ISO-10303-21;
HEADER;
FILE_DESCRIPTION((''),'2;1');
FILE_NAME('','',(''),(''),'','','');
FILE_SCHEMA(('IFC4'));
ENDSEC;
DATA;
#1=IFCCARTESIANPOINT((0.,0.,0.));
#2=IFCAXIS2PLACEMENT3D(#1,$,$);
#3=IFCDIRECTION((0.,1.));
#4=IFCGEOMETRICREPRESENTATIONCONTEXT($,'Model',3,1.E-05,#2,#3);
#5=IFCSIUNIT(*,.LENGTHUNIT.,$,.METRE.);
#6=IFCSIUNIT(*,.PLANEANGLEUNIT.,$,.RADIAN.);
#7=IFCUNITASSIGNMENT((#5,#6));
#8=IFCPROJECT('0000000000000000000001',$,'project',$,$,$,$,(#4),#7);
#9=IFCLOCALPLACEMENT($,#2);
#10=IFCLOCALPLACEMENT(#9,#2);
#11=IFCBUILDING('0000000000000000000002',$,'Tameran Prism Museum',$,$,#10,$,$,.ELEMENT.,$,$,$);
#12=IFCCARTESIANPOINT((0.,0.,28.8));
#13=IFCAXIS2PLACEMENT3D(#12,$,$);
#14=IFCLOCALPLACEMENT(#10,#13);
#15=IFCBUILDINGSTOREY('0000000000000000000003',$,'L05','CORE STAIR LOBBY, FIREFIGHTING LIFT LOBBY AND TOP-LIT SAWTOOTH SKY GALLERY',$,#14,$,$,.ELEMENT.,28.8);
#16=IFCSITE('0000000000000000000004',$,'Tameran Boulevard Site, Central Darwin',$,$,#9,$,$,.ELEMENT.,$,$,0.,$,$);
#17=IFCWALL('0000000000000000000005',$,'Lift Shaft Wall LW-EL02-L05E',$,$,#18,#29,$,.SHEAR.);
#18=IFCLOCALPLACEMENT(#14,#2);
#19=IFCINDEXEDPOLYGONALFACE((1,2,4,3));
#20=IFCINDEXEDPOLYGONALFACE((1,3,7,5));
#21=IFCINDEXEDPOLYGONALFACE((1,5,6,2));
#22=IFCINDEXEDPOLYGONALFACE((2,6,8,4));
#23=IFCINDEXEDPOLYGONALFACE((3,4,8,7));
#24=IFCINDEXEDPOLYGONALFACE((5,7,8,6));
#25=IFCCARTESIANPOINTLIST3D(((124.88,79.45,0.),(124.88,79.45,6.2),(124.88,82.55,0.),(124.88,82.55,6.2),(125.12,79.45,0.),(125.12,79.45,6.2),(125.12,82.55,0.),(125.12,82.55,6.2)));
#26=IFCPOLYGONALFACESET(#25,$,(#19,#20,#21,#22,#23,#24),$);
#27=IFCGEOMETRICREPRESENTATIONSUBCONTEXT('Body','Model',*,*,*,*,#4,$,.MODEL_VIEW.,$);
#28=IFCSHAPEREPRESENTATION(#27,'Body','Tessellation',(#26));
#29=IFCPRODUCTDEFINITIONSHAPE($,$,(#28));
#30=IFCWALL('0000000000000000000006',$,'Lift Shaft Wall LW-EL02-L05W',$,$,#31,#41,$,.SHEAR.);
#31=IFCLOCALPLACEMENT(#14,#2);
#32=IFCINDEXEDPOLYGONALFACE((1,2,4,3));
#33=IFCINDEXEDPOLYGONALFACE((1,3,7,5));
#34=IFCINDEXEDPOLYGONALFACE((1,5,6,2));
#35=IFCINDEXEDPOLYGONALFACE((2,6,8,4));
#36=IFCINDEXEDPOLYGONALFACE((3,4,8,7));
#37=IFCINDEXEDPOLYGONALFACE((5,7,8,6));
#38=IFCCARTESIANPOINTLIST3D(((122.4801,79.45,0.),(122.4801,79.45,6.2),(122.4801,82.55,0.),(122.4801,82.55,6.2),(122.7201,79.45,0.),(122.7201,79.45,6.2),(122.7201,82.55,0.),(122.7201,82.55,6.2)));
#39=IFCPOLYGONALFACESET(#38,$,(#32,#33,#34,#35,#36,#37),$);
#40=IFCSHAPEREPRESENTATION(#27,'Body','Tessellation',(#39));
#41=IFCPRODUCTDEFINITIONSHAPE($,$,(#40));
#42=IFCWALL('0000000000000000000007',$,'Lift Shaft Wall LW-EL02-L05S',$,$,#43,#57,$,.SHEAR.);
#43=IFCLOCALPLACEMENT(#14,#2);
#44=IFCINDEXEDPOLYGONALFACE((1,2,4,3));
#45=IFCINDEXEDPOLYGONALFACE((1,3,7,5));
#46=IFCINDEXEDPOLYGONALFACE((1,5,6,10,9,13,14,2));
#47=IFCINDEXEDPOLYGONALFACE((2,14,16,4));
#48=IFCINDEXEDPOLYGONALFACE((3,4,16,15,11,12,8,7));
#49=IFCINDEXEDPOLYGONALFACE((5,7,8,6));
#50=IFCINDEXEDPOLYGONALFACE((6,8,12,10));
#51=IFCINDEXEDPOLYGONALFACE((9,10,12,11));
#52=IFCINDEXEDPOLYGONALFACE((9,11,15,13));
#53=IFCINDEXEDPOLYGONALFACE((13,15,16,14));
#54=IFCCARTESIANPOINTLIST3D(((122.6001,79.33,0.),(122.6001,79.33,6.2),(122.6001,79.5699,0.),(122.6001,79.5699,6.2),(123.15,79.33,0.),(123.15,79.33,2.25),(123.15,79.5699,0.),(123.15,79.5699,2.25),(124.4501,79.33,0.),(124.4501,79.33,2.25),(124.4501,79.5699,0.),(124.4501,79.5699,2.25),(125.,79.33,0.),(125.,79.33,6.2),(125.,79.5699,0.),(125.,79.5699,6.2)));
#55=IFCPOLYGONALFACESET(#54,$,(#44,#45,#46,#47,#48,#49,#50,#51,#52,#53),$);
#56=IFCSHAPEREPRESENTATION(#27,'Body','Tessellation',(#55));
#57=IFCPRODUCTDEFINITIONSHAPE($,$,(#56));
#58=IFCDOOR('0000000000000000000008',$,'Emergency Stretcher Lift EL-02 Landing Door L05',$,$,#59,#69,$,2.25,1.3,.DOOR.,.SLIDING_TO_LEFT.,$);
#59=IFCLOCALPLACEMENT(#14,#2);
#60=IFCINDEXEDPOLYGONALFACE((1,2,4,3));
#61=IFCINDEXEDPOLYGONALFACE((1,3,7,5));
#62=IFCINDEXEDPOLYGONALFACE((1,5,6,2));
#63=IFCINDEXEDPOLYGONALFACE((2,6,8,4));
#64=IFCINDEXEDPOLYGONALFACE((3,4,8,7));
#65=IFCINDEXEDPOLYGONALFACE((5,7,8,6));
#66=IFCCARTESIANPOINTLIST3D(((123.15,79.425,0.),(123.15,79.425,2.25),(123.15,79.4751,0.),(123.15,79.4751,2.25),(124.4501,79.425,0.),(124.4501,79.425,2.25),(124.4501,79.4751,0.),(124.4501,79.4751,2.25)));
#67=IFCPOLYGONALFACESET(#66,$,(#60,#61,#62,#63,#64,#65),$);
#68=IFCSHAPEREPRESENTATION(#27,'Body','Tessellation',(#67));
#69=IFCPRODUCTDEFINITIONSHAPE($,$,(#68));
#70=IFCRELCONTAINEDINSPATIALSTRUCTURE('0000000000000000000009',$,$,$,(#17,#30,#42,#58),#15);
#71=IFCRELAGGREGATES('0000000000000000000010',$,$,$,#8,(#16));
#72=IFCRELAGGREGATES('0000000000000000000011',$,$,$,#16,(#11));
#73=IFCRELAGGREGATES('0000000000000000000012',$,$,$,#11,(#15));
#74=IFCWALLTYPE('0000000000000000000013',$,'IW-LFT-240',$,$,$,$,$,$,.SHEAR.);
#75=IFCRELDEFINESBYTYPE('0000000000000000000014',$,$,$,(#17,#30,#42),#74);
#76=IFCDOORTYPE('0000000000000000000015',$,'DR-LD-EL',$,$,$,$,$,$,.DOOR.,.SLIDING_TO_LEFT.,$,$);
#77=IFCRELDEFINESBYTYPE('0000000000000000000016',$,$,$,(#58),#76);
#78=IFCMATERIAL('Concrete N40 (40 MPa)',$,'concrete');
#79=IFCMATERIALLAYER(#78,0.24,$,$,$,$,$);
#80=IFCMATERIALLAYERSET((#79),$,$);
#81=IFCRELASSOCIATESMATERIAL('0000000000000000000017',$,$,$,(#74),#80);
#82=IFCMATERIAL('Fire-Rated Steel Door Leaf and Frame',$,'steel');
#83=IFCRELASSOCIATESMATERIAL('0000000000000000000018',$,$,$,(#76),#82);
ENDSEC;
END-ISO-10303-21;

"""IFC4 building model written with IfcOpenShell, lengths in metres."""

from ifc_helpers import new_model, si_unit, direction, frame, frame_2d, origin, place, context, subcontext, project, spatial, rectangle, extrude, material, layer, layer_set, type_object, element, fill, save


model = new_model("IFC4")

# Units and contexts
model_context = context("Model", 3, precision=1e-05, world=origin(), true_north=direction((0.0, 1.0)))
body_context = subcontext(model_context, "Body", "Model", "MODEL_VIEW")
ifc_project = project(units=[si_unit("LENGTHUNIT", "METRE"), si_unit("PLANEANGLEUNIT", "RADIAN")], contexts=[model_context])

# Site, building, storey
site_placement = place(None, origin())
site = spatial("IfcSite", under=ifc_project, at=site_placement, Name="Tameran Boulevard Site, Central Darwin", CompositionType="ELEMENT", RefElevation=0.0)
building_placement = place(site_placement, origin())
building = spatial("IfcBuilding", under=site, at=building_placement, Name="Tameran Prism Museum", CompositionType="ELEMENT")
storey_placement = place(building_placement, frame((0.0, 0.0, 28.8)))
storey = spatial("IfcBuildingStorey", under=building, at=storey_placement, Name="L05", Description="CORE STAIR LOBBY, FIREFIGHTING LIFT LOBBY AND TOP-LIT SAWTOOTH SKY GALLERY", CompositionType="ELEMENT", Elevation=28.8)

# Walls
ifc_material_1 = material(Name="Concrete N40 (40 MPa)", Category="concrete")
ifc_layer_1 = layer(ifc_material_1, 0.24)
ifc_layer_set_1 = layer_set([ifc_layer_1])
wall_type = type_object("IfcWallType", Name="IW-LFT-240", PredefinedType="SHEAR", material=ifc_layer_set_1)
for number, where, z_axis, x_axis, name in (
    (1, (125.0, 82.55, 0.0), (0.0, 0.0, 1.0), (0.0, -1.0, 0.0), "Lift Shaft Wall LW-EL02-L05E"),
    (2, (122.6001, 79.45, 0.0), (0.0, 0.0, 1.0), (0.0, 1.0, 0.0), "Lift Shaft Wall LW-EL02-L05W"),
):
    element("IfcWall", number, at=place(storey_placement, frame(where, z_axis=z_axis, x_axis=x_axis)), inside=storey, type_object=wall_type, Name=name, PredefinedType="SHEAR", context=body_context, shape_type="SweptSolid", body=[
        extrude(rectangle(XDim=3.1001, YDim=0.24, at=frame_2d((1.55, 0.0))), origin(), (0.0, 0.0, 1.0), 6.2),
    ])

# Wall, opening, door
wall_1_placement = place(storey_placement, frame((125.0, 79.45, 0.0), z_axis=(0.0, 0.0, 1.0), x_axis=(-1.0, 0.0, 0.0)))
wall_1 = element("IfcWall", 3, at=wall_1_placement, inside=storey, type_object=wall_type, Name="Lift Shaft Wall LW-EL02-L05S", PredefinedType="SHEAR", context=body_context, shape_type="SweptSolid", body=[
    extrude(rectangle(XDim=2.3999, YDim=0.24, at=frame_2d((1.2, 0.0))), origin(), (0.0, 0.0, 1.0), 6.2),
])
opening_placement = place(wall_1_placement, frame((0.55, 0.0, 0.0)))
opening = element("IfcOpeningElement", 4, at=opening_placement, cuts=wall_1, PredefinedType="OPENING", context=body_context, shape_type="SweptSolid", body=[
    extrude(rectangle(XDim=1.3, YDim=2.25, at=frame_2d((0.6499, 1.125))), frame((0.0, 0.1299, 0.0), z_axis=(0.0, -1.0, 0.0), x_axis=(1.0, 0.0, 0.0)), (0.0, 0.0, 1.0), 0.26),
])
ifc_material_2 = material(Name="Fire-Rated Steel Door Leaf and Frame", Category="steel")
door_type = type_object("IfcDoorType", Name="DR-LD-EL", OperationType="SLIDING_TO_LEFT", PredefinedType="DOOR", material=ifc_material_2)
door_placement = place(opening_placement, origin())
door = element("IfcDoor", 5, at=door_placement, inside=storey, type_object=door_type, Name="Emergency Stretcher Lift EL-02 Landing Door L05", OperationType="SLIDING_TO_LEFT", OverallHeight=2.25, OverallWidth=1.3, PredefinedType="DOOR", context=body_context, shape_type="SweptSolid", body=[
    extrude(rectangle(XDim=1.3, YDim=2.25, at=frame_2d((0.6499, 1.125))), frame((0.0, 0.0249, 0.0), z_axis=(0.0, -1.0, 0.0), x_axis=(1.0, 0.0, 0.0)), (0.0, 0.0, 1.0), 0.05),
])
fill(opening, door)

save(model, "model.ifc")
